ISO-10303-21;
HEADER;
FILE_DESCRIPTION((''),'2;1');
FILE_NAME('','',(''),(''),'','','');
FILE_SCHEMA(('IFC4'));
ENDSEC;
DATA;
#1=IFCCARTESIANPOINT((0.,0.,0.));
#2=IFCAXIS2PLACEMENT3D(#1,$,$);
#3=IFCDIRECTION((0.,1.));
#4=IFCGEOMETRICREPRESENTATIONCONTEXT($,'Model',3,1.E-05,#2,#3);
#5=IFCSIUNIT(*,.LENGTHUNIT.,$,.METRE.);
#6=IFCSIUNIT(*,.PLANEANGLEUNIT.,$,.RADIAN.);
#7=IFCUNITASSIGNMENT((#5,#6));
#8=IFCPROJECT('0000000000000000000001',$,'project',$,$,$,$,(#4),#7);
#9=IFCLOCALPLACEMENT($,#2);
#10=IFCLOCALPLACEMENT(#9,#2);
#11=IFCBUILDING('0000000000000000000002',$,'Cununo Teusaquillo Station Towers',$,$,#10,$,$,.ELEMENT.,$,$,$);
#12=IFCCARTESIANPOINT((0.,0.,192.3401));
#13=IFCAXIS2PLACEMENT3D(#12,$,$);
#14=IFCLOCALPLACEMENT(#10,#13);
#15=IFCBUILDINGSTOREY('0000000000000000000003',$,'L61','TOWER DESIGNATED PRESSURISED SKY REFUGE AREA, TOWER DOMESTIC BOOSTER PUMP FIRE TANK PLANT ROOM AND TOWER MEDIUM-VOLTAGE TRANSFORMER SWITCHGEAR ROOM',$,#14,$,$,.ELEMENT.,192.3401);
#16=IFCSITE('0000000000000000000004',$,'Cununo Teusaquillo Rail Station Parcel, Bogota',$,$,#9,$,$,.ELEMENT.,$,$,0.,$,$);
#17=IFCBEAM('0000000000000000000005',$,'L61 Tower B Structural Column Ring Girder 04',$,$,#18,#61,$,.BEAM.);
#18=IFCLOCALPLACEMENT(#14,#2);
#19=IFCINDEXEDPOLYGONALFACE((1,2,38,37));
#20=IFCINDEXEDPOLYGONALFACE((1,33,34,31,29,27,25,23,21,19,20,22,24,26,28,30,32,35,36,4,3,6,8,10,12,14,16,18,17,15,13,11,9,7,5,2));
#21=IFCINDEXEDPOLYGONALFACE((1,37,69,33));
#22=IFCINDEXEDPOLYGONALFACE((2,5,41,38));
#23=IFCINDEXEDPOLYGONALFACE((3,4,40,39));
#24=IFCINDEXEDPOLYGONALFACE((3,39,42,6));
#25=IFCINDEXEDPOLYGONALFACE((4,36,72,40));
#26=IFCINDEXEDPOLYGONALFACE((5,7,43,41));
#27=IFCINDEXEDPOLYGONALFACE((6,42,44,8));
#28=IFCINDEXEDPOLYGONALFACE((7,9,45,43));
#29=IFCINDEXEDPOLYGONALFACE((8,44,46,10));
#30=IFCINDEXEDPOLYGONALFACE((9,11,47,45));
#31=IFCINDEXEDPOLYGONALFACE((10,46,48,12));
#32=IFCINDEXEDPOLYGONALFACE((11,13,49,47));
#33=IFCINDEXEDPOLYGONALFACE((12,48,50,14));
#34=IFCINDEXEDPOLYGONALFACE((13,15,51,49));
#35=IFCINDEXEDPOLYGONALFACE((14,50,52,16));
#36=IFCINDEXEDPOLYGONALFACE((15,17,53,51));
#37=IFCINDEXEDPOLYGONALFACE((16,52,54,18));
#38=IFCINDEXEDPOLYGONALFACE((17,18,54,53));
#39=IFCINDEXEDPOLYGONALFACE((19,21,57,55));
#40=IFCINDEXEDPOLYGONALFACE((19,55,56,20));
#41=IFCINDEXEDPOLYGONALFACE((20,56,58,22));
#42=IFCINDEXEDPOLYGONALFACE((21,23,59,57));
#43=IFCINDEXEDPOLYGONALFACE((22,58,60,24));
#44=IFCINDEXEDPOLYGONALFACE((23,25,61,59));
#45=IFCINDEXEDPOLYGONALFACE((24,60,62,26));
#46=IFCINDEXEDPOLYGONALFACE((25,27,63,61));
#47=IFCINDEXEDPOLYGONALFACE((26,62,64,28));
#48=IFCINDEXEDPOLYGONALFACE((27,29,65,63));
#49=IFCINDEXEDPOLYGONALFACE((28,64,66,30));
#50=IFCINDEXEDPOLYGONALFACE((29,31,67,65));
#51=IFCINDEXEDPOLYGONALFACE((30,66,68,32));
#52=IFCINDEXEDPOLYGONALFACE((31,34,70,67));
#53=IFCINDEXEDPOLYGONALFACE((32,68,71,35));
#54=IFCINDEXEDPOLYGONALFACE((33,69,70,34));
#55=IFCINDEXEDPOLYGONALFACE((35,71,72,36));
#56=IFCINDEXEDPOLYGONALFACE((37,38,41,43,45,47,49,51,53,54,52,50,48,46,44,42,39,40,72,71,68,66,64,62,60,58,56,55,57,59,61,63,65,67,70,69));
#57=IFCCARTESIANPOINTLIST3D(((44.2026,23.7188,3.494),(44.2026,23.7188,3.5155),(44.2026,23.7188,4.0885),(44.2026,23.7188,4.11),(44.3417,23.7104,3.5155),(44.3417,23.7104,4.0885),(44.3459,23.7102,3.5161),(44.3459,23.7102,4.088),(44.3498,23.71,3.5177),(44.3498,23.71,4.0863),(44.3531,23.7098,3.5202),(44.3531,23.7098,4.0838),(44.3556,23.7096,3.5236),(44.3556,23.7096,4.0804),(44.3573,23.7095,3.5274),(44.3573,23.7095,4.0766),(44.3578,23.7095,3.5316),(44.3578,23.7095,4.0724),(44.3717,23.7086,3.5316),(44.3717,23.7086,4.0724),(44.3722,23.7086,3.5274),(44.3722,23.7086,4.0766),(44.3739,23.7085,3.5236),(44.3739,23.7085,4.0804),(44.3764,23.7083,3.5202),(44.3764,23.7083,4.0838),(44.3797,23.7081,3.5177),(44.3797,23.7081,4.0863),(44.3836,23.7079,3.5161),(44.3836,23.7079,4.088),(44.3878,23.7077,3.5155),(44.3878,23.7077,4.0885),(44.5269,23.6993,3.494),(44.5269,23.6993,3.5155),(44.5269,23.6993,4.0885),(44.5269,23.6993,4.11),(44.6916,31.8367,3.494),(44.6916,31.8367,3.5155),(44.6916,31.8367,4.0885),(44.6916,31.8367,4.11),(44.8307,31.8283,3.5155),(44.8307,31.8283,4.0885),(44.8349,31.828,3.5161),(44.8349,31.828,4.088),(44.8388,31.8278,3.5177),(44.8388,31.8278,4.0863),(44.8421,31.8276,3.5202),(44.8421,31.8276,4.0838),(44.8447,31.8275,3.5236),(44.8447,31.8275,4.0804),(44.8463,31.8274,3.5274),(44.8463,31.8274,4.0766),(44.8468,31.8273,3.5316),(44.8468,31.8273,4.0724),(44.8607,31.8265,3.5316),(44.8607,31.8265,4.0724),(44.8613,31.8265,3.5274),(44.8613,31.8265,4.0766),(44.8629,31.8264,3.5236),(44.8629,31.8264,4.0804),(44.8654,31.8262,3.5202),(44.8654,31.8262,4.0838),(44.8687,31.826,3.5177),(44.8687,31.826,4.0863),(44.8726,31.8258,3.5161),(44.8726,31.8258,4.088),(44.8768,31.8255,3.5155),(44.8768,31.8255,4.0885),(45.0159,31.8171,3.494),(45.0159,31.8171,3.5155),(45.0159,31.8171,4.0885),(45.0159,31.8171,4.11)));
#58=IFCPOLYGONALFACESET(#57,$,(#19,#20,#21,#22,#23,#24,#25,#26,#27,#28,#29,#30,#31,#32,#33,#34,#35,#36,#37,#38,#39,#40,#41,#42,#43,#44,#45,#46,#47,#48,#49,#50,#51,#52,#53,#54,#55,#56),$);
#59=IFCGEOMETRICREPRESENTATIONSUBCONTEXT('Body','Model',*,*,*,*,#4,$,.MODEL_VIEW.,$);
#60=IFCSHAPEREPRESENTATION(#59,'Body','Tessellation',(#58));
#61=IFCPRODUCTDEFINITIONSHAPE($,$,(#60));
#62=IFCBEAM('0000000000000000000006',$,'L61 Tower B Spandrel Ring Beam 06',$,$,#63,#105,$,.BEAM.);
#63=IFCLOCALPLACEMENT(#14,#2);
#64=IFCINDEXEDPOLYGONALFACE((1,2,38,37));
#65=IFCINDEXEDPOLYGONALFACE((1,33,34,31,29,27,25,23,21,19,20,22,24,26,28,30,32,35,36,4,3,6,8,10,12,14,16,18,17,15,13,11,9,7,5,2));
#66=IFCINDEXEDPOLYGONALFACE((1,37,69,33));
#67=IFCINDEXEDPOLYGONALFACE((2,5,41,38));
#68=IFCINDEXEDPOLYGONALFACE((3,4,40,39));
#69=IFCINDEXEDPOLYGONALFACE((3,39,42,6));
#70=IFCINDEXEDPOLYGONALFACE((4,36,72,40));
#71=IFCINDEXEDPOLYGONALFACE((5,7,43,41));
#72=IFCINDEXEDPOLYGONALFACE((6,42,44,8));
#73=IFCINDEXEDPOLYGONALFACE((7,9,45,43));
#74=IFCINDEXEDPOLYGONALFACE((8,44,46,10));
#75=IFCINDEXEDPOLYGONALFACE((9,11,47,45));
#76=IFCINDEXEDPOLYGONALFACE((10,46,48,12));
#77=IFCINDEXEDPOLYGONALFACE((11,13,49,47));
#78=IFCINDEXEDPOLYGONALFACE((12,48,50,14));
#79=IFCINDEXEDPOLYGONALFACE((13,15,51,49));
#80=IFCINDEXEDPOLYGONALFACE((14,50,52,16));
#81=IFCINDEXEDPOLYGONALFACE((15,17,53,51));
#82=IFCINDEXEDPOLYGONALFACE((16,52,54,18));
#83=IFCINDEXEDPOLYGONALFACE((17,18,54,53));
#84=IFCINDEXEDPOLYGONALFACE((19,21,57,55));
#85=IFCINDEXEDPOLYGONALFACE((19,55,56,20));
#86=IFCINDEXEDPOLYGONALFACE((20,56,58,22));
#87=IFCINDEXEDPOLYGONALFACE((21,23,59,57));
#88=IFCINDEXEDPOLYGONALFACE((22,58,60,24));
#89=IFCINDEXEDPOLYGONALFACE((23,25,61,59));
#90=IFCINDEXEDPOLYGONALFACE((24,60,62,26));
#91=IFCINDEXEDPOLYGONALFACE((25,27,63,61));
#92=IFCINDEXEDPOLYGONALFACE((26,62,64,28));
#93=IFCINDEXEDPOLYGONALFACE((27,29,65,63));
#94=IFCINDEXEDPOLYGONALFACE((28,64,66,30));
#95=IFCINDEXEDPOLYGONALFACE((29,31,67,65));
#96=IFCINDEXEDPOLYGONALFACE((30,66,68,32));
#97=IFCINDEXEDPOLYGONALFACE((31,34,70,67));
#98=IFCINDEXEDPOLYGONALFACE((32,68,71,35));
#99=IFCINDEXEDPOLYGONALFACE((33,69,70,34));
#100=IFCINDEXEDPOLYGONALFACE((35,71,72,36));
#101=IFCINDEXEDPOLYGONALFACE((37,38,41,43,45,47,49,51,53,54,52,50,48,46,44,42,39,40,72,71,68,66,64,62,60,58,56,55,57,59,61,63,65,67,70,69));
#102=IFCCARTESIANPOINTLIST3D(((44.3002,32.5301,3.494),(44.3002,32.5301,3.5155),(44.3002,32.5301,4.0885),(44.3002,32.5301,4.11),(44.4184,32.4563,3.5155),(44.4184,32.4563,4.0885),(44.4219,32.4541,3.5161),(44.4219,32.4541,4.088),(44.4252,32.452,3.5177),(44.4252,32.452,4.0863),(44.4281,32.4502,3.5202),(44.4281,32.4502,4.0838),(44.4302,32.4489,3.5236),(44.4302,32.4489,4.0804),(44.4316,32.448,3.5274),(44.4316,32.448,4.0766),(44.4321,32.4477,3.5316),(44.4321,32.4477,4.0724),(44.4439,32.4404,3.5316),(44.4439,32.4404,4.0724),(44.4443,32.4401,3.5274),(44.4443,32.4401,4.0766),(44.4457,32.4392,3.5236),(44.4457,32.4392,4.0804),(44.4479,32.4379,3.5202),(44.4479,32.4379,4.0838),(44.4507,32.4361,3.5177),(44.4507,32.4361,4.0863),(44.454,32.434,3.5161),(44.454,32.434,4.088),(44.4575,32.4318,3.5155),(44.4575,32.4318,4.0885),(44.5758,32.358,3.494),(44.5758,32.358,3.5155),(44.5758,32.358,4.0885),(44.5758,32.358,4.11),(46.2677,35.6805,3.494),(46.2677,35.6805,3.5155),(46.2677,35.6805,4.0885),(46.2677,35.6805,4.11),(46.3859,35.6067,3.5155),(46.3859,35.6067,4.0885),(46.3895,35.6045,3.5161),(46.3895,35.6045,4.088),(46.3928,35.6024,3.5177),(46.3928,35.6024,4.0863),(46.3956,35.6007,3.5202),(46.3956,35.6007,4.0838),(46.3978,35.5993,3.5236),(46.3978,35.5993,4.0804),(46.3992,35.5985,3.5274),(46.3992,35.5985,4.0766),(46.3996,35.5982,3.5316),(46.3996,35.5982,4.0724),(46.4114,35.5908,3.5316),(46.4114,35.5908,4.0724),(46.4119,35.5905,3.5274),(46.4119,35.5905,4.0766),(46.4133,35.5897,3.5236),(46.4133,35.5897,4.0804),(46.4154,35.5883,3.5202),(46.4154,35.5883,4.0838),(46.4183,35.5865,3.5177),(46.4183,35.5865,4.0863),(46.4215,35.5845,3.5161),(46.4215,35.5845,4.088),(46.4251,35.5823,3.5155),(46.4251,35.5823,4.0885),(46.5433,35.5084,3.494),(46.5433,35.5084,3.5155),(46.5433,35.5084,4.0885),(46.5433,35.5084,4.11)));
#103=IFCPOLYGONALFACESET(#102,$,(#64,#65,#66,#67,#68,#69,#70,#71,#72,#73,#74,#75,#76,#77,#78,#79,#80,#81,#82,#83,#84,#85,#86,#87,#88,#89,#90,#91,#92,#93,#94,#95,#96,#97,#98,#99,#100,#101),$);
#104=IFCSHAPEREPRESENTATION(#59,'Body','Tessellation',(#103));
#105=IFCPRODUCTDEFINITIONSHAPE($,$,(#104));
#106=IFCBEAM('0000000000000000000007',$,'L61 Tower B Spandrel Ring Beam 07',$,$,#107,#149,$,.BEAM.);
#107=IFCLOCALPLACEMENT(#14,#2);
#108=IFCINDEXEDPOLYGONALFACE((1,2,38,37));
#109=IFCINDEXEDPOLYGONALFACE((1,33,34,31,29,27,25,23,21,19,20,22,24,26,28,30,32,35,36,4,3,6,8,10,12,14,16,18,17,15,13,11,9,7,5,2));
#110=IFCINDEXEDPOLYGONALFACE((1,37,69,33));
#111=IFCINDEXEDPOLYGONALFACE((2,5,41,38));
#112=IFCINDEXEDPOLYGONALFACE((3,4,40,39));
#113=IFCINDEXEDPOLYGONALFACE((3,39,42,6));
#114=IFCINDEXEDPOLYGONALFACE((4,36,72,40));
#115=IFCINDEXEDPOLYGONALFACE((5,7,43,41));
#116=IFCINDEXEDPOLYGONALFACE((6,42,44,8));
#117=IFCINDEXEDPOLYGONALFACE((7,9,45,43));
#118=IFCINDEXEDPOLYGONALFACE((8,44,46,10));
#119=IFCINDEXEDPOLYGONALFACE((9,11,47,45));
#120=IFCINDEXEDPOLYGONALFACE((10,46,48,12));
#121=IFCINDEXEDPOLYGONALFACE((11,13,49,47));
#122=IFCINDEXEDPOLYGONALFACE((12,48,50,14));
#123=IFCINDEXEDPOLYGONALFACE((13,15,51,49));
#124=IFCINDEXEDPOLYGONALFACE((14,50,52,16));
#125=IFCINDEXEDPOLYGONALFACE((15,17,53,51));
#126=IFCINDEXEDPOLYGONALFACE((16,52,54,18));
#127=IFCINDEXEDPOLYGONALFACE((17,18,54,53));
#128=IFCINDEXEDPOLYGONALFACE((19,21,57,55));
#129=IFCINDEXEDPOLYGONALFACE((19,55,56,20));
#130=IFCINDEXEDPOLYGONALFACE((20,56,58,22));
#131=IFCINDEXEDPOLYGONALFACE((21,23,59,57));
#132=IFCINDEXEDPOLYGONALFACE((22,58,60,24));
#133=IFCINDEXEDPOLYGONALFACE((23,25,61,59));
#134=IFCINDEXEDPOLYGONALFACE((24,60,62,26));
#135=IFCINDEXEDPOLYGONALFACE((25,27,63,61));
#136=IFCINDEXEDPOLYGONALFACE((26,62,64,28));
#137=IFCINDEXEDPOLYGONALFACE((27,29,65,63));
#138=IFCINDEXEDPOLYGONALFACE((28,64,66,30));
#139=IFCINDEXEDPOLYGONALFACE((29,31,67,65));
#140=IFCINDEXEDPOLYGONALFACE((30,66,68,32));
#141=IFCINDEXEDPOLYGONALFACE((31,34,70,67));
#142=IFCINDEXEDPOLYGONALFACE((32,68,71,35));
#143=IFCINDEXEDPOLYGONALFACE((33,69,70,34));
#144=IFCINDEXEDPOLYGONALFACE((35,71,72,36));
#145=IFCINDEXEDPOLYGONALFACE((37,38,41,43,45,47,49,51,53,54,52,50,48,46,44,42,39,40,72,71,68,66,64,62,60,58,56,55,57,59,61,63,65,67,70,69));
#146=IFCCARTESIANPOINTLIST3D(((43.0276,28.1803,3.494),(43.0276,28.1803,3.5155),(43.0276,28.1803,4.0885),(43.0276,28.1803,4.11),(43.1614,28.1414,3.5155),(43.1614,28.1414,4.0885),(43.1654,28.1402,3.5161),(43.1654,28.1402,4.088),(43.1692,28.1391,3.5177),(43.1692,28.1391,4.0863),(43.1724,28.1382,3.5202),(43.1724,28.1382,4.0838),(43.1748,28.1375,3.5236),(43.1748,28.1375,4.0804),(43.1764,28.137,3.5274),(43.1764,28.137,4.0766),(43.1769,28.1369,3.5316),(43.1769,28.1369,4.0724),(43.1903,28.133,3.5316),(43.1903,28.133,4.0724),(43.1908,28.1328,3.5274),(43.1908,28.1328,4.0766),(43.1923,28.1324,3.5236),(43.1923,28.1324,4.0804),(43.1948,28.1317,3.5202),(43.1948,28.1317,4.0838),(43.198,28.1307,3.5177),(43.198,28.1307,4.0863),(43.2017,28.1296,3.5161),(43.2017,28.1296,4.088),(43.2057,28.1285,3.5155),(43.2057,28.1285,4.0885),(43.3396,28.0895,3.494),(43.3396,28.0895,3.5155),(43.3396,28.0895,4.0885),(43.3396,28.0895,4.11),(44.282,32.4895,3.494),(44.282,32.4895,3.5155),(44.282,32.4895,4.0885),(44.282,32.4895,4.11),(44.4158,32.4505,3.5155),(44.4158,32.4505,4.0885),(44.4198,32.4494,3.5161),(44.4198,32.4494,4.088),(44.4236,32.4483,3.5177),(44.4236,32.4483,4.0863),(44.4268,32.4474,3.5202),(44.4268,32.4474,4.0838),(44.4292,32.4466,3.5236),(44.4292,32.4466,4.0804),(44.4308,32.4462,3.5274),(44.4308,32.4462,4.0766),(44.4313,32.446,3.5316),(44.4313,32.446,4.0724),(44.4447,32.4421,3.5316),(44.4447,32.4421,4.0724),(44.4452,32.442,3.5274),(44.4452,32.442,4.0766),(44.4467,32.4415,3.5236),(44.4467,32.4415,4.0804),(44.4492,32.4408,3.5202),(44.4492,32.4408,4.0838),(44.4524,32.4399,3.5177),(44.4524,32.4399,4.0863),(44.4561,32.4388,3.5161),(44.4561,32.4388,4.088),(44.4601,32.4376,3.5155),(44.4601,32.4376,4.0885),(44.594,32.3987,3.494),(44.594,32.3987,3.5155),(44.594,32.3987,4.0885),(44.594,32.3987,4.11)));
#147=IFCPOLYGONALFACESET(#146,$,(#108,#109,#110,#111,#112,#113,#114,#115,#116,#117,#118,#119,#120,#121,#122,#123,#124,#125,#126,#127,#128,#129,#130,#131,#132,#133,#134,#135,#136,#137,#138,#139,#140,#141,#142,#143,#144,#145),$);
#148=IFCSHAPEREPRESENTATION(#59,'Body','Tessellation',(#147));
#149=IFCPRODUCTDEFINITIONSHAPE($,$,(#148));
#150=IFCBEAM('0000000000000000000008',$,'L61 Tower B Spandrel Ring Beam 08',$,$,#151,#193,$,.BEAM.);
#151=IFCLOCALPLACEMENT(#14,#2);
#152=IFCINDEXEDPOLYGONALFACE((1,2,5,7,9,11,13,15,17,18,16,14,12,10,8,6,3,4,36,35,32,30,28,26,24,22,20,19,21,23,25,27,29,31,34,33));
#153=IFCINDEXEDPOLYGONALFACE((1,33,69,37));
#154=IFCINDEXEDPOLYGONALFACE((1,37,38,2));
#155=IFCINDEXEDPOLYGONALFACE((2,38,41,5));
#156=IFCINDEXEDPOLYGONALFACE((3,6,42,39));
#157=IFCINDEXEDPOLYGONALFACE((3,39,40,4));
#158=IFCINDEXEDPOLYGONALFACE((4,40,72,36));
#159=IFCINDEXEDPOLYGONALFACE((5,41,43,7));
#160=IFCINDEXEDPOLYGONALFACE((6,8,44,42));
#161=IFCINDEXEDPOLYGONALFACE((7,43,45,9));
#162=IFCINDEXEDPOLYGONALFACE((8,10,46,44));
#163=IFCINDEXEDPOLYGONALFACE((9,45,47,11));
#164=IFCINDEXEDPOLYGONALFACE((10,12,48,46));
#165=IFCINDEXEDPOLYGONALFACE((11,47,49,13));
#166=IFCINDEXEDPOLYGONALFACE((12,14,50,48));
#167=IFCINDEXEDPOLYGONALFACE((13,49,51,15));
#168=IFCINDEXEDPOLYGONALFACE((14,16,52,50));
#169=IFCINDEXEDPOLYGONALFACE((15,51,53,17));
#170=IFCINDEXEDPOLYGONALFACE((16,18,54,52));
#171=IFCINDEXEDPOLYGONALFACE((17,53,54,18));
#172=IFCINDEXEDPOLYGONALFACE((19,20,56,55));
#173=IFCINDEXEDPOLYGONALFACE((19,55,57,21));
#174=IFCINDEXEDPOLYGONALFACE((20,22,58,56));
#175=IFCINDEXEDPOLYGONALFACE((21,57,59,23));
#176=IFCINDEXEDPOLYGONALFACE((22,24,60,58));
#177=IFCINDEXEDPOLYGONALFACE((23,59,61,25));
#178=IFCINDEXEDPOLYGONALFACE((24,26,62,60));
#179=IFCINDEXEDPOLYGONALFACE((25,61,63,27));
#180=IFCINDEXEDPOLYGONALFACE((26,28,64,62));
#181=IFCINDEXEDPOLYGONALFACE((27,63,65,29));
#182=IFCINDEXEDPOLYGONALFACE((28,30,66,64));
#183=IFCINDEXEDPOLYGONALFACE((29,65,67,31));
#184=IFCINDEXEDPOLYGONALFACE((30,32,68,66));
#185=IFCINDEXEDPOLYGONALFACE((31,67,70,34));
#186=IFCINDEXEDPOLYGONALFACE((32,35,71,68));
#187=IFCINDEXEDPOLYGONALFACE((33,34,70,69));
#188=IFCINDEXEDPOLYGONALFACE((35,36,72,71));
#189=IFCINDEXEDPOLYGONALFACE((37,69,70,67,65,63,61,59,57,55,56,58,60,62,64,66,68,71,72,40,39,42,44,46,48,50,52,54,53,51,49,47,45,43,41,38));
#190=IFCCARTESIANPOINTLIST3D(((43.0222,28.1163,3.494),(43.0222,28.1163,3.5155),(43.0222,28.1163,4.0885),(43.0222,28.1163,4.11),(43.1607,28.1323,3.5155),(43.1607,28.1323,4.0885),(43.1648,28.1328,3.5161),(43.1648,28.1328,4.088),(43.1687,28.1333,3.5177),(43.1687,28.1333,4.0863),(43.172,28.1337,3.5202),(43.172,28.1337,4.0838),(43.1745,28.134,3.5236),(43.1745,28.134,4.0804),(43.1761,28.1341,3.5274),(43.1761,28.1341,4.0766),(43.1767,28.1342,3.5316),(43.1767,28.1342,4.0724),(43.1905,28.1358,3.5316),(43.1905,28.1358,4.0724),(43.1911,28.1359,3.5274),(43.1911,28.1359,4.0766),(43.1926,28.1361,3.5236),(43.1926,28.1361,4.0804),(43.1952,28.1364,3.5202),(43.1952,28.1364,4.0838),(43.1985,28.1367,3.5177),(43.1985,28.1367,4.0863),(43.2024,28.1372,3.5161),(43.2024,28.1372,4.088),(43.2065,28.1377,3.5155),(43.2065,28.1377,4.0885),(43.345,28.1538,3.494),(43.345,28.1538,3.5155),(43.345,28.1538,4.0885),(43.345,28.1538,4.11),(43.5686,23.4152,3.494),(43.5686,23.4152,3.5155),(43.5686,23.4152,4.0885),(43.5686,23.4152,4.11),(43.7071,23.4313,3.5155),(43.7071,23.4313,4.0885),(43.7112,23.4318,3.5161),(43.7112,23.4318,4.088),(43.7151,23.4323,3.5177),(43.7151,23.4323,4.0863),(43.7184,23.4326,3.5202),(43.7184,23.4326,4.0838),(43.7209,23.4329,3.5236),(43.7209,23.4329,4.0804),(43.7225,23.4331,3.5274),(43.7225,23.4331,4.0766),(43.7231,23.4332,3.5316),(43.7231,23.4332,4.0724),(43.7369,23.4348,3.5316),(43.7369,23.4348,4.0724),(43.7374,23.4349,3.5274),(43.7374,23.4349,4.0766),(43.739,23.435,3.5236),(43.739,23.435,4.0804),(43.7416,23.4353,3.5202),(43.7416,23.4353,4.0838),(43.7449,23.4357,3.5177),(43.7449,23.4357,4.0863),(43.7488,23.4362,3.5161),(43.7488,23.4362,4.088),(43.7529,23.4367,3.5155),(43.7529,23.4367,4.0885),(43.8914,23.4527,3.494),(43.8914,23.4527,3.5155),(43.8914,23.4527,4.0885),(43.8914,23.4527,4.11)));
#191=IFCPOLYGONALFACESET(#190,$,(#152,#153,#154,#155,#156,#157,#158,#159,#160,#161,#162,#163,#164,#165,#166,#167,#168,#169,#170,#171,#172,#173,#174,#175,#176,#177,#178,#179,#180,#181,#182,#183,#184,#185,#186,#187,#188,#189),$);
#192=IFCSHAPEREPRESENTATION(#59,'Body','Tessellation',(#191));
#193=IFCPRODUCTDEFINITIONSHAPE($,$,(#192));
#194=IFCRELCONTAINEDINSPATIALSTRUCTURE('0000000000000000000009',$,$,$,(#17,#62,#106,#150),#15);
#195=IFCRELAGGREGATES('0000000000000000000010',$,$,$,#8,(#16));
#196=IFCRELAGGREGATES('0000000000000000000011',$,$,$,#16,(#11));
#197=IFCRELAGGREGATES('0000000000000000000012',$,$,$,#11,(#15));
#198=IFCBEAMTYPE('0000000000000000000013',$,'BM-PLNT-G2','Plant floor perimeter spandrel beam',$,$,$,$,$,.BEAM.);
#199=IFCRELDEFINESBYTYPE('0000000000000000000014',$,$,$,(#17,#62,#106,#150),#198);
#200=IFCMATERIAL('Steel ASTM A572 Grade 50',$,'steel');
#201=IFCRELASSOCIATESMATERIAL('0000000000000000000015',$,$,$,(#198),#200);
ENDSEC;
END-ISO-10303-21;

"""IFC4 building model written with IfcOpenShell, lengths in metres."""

from ifc_helpers import new_model, si_unit, direction, frame, origin, origin_2d, place, context, subcontext, project, spatial, i_section, extrude, material, material_profile, profile_set, type_object, element, save


model = new_model("IFC4")

# Units and contexts
model_context = context("Model", 3, precision=1e-05, world=origin(), true_north=direction((0.0, 1.0)))
body_context = subcontext(model_context, "Body", "Model", "MODEL_VIEW")
ifc_project = project(units=[si_unit("LENGTHUNIT", "METRE"), si_unit("PLANEANGLEUNIT", "RADIAN")], contexts=[model_context])

# Site, building, storey
site_placement = place(None, origin())
site = spatial("IfcSite", under=ifc_project, at=site_placement, Name="Cununo Teusaquillo Rail Station Parcel, Bogota", CompositionType="ELEMENT", RefElevation=0.0)
building_placement = place(site_placement, origin())
building = spatial("IfcBuilding", under=site, at=building_placement, Name="Cununo Teusaquillo Station Towers", CompositionType="ELEMENT")
storey_placement = place(building_placement, frame((0.0, 0.0, 192.3401)))
storey = spatial("IfcBuildingStorey", under=building, at=storey_placement, Name="L61", Description="TOWER DESIGNATED PRESSURISED SKY REFUGE AREA, TOWER DOMESTIC BOOSTER PUMP FIRE TANK PLANT ROOM AND TOWER MEDIUM-VOLTAGE TRANSFORMER SWITCHGEAR ROOM", CompositionType="ELEMENT", Elevation=192.3401)

# Beams
ifc_material_1 = material(Name="Steel ASTM A572 Grade 50", Category="steel")
ifc_material_profile_1 = material_profile(ifc_material_1, i_section(OverallWidth=0.325, OverallDepth=0.616, WebThickness=0.0139, FlangeThickness=0.0215, FilletRadius=0.0161, at=origin_2d()), Name="W24X117")
ifc_profile_set_1 = profile_set([ifc_material_profile_1], Name="Steel ASTM A572 Grade 50")
beam_type_1 = type_object("IfcBeamType", Name="BM-PLNT-G2", Description="Plant floor perimeter spandrel beam", PredefinedType="BEAM", material=ifc_profile_set_1)
beam_1_placement = place(storey_placement, frame((44.8538, 31.8269, 3.802), z_axis=(-0.06013, -0.998191, 0.0), x_axis=(0.998191, -0.06013, 0.0)))
element("IfcBeam", 1, at=beam_1_placement, inside=storey, type_object=beam_type_1, Name="L61 Tower B Structural Column Ring Girder 04", PredefinedType="BEAM", context=body_context, shape_type="SweptSolid", body=[
    extrude(i_section(OverallWidth=0.325, OverallDepth=0.616, WebThickness=0.0139, FlangeThickness=0.0215, FilletRadius=0.0161, at=origin_2d()), origin(), (0.0, 0.0, 1.0), 8.1326),
])
beam_2_placement = place(storey_placement, frame((46.4055, 35.5945, 3.802), z_axis=(-0.529715, -0.848176, 0.0), x_axis=(0.848176, -0.529715, 0.0)))
element("IfcBeam", 2, at=beam_2_placement, inside=storey, type_object=beam_type_1, Name="L61 Tower B Spandrel Ring Beam 06", PredefinedType="BEAM", context=body_context, shape_type="SweptSolid", body=[
    extrude(i_section(OverallWidth=0.325, OverallDepth=0.616, WebThickness=0.0139, FlangeThickness=0.0215, FilletRadius=0.0161, at=origin_2d()), origin(), (0.0, 0.0, 1.0), 3.7144),
])
beam_3_placement = place(storey_placement, frame((44.438, 32.4441, 3.802), z_axis=(-0.279503, -0.960145, 0.0), x_axis=(0.960145, -0.279503, 0.0)))
element("IfcBeam", 3, at=beam_3_placement, inside=storey, type_object=beam_type_1, Name="L61 Tower B Spandrel Ring Beam 07", PredefinedType="BEAM", context=body_context, shape_type="SweptSolid", body=[
    extrude(i_section(OverallWidth=0.325, OverallDepth=0.616, WebThickness=0.0139, FlangeThickness=0.0215, FilletRadius=0.0161, at=origin_2d()), origin(), (0.0, 0.0, 1.0), 4.488),
])
beam_4_placement = place(storey_placement, frame((43.1836, 28.135, 3.802), z_axis=(0.115452, -0.993313, 0.0), x_axis=(0.993313, 0.115452, 0.0)))
element("IfcBeam", 4, at=beam_4_placement, inside=storey, type_object=beam_type_1, Name="L61 Tower B Spandrel Ring Beam 08", PredefinedType="BEAM", context=body_context, shape_type="SweptSolid", body=[
    extrude(i_section(OverallWidth=0.325, OverallDepth=0.616, WebThickness=0.0139, FlangeThickness=0.0215, FilletRadius=0.0161, at=origin_2d()), origin(), (0.0, 0.0, 1.0), 4.7327),
])

save(model, "model.ifc")
